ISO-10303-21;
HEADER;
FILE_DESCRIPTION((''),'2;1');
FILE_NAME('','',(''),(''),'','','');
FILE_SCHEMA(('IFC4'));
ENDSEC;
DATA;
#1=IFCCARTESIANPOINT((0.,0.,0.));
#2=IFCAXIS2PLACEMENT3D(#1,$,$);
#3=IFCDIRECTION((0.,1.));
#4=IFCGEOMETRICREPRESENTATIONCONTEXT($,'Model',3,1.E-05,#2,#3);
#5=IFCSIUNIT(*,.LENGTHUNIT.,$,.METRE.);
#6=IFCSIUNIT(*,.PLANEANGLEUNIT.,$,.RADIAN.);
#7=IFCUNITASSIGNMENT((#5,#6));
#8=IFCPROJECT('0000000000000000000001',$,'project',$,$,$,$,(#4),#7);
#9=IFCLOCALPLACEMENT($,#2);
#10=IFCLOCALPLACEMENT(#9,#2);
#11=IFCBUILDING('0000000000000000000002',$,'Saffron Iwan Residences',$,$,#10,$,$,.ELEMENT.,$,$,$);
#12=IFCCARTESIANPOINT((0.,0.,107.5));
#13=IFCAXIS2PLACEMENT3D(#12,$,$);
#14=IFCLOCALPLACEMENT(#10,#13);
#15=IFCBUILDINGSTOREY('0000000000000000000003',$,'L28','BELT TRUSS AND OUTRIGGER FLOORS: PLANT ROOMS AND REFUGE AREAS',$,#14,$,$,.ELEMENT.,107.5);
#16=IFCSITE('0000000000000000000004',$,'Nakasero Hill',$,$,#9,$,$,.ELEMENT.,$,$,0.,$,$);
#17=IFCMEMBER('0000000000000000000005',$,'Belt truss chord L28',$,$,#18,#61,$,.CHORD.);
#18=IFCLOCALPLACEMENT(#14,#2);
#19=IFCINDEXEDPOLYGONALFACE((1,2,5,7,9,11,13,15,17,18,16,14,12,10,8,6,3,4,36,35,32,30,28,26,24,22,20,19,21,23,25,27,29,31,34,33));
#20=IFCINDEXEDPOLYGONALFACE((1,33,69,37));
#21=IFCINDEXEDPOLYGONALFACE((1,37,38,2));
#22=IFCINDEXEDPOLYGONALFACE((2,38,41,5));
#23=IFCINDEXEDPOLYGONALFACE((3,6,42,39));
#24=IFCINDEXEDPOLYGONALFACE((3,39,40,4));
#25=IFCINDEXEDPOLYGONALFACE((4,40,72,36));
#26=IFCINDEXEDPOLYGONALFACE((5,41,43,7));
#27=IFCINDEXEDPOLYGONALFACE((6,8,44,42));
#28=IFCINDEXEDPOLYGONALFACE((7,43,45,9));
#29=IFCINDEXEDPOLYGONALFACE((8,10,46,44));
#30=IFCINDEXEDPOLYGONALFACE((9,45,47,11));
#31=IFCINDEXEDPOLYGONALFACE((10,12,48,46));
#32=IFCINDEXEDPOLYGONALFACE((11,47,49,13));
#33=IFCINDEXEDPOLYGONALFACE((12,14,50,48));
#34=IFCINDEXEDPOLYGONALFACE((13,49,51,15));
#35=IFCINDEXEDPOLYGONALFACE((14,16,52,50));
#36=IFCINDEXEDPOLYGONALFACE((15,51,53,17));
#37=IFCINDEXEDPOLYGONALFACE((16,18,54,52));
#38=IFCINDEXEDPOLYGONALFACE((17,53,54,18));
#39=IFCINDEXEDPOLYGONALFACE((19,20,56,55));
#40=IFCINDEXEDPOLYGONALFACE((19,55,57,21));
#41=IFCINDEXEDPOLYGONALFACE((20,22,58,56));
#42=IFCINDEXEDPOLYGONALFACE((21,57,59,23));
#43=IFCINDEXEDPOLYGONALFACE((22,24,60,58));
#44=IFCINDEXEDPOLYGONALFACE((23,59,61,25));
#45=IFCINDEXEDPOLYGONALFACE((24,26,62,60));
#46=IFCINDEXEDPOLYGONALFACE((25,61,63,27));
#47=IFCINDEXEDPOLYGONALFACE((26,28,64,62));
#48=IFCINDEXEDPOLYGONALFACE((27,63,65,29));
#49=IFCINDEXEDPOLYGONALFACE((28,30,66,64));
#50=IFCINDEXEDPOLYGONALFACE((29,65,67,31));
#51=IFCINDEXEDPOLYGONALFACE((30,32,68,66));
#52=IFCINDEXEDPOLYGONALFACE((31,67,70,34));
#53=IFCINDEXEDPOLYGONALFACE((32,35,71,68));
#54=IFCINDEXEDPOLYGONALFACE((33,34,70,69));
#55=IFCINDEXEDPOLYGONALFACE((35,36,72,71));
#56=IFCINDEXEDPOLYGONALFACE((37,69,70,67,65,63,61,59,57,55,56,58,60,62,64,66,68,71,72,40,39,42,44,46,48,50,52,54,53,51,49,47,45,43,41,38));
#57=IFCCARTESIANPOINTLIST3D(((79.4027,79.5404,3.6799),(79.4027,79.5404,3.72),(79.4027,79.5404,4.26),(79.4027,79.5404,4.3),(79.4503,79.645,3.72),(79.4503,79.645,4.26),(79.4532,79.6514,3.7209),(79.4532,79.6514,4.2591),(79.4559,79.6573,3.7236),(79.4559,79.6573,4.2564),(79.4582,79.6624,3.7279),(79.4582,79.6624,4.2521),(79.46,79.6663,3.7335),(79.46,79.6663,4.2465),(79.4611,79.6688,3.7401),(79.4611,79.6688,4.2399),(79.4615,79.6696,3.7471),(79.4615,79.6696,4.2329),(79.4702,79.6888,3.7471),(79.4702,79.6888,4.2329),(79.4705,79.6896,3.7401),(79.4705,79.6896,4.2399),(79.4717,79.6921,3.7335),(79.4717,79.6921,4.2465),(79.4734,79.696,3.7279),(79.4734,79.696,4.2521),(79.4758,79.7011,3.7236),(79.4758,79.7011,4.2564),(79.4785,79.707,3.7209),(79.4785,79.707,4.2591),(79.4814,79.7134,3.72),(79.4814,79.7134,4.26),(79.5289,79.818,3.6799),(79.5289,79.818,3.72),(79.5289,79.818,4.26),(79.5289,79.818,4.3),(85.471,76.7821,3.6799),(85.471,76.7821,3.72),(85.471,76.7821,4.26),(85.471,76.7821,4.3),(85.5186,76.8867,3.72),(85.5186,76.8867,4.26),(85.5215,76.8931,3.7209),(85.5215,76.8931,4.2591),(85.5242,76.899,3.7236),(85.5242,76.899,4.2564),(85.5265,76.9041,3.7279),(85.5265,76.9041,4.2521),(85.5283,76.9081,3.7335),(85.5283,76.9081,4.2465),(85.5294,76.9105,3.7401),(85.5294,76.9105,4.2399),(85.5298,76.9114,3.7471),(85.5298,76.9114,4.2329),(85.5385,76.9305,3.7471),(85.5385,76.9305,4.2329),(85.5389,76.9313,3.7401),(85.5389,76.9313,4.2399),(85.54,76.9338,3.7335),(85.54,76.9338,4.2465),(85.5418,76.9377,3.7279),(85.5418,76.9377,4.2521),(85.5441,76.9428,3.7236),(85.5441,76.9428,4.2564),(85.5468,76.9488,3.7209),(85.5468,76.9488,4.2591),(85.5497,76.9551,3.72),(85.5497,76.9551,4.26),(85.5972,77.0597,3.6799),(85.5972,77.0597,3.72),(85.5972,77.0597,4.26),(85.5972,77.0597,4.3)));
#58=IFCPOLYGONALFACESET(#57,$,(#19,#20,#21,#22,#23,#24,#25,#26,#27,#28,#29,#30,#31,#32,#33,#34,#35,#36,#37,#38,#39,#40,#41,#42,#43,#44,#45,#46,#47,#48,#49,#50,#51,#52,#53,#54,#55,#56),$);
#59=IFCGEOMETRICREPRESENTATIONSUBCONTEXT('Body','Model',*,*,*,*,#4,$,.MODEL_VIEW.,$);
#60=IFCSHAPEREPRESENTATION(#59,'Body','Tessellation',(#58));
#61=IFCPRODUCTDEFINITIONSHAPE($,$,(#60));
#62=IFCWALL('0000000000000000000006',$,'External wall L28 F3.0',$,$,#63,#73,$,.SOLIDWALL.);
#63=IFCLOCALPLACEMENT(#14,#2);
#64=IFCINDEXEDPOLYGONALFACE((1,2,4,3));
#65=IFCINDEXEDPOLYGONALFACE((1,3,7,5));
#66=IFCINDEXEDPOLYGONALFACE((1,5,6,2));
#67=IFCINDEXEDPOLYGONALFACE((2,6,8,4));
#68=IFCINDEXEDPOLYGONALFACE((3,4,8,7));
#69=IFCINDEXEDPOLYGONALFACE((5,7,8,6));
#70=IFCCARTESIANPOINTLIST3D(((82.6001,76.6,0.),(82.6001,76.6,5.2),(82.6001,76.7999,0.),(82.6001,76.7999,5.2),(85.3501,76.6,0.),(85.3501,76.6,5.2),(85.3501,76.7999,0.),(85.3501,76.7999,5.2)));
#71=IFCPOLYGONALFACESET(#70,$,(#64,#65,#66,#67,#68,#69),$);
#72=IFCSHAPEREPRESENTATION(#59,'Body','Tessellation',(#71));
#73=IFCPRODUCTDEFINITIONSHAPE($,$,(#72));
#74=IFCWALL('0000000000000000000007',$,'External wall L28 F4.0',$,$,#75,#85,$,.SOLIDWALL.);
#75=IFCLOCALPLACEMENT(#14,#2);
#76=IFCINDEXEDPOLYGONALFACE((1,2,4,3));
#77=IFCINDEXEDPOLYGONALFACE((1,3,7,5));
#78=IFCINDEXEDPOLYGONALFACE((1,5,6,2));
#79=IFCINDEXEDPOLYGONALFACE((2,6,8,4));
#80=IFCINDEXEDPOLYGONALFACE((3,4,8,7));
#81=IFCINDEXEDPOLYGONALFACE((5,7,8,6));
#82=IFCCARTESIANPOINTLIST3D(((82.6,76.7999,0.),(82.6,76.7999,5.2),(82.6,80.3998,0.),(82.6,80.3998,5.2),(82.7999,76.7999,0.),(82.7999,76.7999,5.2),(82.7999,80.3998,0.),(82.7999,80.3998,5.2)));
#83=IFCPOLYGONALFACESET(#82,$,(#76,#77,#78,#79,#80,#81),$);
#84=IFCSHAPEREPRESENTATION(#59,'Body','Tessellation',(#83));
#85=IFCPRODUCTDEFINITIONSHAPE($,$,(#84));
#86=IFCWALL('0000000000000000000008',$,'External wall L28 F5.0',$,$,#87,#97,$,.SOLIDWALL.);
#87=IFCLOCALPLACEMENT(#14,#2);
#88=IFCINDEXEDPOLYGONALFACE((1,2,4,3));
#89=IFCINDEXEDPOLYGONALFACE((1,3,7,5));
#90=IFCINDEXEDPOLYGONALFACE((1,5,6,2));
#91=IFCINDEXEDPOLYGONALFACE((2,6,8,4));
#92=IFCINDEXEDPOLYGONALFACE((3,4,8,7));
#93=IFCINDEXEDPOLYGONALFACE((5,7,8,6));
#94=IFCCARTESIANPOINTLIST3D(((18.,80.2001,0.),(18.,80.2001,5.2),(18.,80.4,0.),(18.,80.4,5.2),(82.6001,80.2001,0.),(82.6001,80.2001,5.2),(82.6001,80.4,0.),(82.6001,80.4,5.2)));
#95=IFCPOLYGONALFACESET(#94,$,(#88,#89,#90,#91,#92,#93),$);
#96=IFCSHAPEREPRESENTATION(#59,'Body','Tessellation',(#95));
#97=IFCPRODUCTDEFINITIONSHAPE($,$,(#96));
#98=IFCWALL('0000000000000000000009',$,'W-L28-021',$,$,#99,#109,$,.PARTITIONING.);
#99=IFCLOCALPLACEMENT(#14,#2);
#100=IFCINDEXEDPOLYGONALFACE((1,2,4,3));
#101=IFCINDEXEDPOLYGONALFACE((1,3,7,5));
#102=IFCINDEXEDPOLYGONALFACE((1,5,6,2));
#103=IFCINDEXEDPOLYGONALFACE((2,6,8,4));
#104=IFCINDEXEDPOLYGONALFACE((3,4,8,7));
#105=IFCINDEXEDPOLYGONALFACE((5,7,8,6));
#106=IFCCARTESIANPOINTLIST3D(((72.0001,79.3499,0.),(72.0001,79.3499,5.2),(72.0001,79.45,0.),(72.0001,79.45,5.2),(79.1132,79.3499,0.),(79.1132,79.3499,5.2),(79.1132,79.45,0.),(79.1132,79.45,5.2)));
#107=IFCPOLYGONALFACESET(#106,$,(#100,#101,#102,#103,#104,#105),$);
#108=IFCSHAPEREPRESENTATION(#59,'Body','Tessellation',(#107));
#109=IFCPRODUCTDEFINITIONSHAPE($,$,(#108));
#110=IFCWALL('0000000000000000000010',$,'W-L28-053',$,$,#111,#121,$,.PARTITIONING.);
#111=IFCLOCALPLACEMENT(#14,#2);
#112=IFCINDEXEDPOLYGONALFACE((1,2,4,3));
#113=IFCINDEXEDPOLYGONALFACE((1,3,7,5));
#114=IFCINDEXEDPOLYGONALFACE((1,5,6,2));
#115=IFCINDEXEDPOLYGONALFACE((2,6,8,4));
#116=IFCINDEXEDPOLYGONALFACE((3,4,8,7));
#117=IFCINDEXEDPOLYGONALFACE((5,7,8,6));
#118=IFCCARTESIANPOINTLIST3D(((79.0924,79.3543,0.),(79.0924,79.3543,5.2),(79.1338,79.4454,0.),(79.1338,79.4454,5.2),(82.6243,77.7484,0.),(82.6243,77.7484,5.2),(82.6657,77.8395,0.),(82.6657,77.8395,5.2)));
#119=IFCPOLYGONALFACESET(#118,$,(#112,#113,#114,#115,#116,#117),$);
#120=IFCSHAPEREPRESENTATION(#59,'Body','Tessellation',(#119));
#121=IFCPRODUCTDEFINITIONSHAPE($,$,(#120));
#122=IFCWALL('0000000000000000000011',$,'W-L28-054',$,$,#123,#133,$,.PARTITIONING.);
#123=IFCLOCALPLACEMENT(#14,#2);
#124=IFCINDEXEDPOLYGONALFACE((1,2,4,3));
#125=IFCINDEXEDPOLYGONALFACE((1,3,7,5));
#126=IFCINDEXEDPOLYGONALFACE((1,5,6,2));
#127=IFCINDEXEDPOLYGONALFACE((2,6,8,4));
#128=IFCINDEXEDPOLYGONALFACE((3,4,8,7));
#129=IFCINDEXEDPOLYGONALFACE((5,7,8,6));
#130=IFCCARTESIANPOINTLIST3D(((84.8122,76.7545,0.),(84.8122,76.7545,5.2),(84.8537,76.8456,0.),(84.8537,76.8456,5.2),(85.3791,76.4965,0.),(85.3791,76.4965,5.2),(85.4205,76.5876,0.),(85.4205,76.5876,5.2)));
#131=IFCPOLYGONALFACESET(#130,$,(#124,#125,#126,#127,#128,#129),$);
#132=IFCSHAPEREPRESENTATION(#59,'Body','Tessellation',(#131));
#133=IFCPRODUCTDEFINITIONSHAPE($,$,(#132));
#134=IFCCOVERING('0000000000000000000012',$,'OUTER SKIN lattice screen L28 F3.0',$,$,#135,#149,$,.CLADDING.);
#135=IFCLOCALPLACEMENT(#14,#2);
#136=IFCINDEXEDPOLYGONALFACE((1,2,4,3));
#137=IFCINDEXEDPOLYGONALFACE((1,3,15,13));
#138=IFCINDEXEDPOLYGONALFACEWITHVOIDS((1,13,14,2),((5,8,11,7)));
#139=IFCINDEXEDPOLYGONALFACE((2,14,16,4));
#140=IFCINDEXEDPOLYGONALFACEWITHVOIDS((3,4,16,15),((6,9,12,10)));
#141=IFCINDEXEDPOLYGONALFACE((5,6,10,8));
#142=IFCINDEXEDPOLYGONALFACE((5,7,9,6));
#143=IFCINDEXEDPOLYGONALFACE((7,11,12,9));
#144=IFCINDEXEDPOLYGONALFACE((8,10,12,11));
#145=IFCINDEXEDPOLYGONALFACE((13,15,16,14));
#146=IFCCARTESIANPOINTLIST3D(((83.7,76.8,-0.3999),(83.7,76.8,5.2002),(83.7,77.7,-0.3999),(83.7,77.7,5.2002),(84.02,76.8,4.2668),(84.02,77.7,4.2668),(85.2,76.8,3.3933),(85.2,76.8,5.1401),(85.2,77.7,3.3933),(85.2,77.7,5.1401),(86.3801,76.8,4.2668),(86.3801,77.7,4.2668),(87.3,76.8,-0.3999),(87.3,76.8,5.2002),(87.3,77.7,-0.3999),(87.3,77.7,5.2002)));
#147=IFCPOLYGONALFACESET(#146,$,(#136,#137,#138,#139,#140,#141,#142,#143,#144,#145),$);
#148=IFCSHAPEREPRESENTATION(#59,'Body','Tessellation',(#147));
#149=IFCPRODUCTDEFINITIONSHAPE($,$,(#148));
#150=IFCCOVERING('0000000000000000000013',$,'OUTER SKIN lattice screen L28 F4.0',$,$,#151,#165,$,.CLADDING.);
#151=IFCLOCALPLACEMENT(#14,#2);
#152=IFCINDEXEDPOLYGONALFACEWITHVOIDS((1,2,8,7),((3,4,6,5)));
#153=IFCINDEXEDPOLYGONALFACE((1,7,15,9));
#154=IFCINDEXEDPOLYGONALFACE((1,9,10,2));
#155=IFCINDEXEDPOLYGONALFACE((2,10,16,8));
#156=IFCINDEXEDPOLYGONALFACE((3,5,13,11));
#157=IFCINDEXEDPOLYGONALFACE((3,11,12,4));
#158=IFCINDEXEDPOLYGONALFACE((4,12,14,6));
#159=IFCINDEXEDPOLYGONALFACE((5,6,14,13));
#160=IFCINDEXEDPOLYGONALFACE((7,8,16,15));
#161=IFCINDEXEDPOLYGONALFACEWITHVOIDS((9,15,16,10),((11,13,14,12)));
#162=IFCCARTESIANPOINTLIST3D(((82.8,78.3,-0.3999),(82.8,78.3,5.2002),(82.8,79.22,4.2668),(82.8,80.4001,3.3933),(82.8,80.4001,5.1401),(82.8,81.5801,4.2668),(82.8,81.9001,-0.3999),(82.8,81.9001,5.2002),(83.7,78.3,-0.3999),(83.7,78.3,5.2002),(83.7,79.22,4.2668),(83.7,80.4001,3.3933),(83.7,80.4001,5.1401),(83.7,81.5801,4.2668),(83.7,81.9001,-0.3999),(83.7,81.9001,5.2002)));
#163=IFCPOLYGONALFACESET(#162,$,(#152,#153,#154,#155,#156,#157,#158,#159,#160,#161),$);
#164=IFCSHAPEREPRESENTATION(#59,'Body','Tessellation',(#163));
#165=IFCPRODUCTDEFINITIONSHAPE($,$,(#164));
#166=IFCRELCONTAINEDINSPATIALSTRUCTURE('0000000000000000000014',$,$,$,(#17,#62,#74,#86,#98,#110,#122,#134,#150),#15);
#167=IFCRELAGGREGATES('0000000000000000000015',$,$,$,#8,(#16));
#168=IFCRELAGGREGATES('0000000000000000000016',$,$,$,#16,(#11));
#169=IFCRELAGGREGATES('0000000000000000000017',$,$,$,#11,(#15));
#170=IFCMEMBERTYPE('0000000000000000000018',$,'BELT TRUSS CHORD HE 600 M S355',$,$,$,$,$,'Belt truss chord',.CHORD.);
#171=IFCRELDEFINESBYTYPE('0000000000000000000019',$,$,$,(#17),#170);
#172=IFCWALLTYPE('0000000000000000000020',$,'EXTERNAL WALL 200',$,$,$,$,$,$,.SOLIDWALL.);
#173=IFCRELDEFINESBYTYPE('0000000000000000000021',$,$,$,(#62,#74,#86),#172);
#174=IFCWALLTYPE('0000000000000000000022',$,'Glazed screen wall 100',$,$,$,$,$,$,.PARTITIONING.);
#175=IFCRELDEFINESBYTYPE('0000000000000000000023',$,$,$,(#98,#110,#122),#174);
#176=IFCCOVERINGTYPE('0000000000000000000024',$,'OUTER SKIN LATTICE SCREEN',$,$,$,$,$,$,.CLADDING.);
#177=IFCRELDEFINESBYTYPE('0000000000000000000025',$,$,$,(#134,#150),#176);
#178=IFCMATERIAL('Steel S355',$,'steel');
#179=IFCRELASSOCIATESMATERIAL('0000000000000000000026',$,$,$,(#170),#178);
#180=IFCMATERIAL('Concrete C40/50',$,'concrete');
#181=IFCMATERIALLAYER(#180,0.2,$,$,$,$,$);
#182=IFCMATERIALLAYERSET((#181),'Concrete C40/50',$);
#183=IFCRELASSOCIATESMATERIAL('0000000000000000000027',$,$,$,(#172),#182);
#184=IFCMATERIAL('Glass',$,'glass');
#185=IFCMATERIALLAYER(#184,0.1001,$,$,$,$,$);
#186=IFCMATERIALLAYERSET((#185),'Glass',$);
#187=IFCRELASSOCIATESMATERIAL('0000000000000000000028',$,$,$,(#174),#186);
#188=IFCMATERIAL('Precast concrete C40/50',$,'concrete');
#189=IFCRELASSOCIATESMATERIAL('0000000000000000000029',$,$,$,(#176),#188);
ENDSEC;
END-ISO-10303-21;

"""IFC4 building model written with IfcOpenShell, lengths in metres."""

from ifc_helpers import new_model, si_unit, direction, frame, frame_2d, origin, origin_2d, place, context, subcontext, project, spatial, polyline, rectangle, i_section, outline, extrude, source, transform, mapped, material, layer, layer_set, material_profile, profile_set, type_object, element, save


model = new_model("IFC4")

# Units and contexts
model_context = context("Model", 3, precision=1e-05, world=origin(), true_north=direction((0.0, 1.0)))
body_context = subcontext(model_context, "Body", "Model", "MODEL_VIEW")
ifc_project = project(units=[si_unit("LENGTHUNIT", "METRE"), si_unit("PLANEANGLEUNIT", "RADIAN")], contexts=[model_context])

# Site, building, storey
site_placement = place(None, origin())
site = spatial("IfcSite", under=ifc_project, at=site_placement, Name="Nakasero Hill", CompositionType="ELEMENT", RefElevation=0.0)
building_placement = place(site_placement, origin())
building = spatial("IfcBuilding", under=site, at=building_placement, Name="Saffron Iwan Residences", CompositionType="ELEMENT")
storey_placement = place(building_placement, frame((0.0, 0.0, 107.5)))
storey = spatial("IfcBuildingStorey", under=building, at=storey_placement, Name="L28", Description="BELT TRUSS AND OUTRIGGER FLOORS: PLANT ROOMS AND REFUGE AREAS", CompositionType="ELEMENT", Elevation=107.5)

# Member
ifc_material_1 = material(Name="Steel S355", Category="steel")
ifc_material_profile_1 = material_profile(ifc_material_1, i_section(OverallWidth=0.3049, OverallDepth=0.6201, WebThickness=0.021, FlangeThickness=0.04, FilletRadius=0.0271, at=origin_2d()), Name="HE 600 M")
ifc_profile_set_1 = profile_set([ifc_material_profile_1], Name="Steel S355")
member_type_1 = type_object("IfcMemberType", Name="BELT TRUSS CHORD HE 600 M S355", ElementType="Belt truss chord", PredefinedType="CHORD", material=ifc_profile_set_1)
shared_shape_1 = source(origin(), body_context, "Body", "SweptSolid", [
    extrude(i_section(OverallWidth=0.3049, OverallDepth=0.6201, WebThickness=0.021, FlangeThickness=0.04, FilletRadius=0.0271, at=origin_2d()), origin(), (0.0, 0.0, 1.0), 6.6658),
])
for number, where, z_axis, x_axis, name in (
    (1, (79.4658, 79.6792, 3.99), (0.910369, -0.413797, 0.0), (0.413797, 0.910369, 0.0), "Belt truss chord L28"),
):
    element("IfcMember", number, at=place(storey_placement, frame(where, z_axis=z_axis, x_axis=x_axis)), inside=storey, type_object=member_type_1, Name=name, PredefinedType="CHORD", context=body_context, shape_type="MappedRepresentation", body=[
        mapped(shared_shape_1, transform((0.0, 0.0, 0.0))),
    ])

# Walls
ifc_material_2 = material(Name="Concrete C40/50", Category="concrete")
ifc_layer_1 = layer(ifc_material_2, 0.2)
ifc_layer_set_1 = layer_set([ifc_layer_1], Name="Concrete C40/50")
wall_type_1 = type_object("IfcWallType", Name="EXTERNAL WALL 200", PredefinedType="SOLIDWALL", material=ifc_layer_set_1)
wall_1_placement = place(storey_placement, frame((85.3501, 76.7, 0.0), z_axis=(0.0, 0.0, 1.0), x_axis=(-1.0, 0.0, 0.0)))
element("IfcWall", 2, at=wall_1_placement, inside=storey, type_object=wall_type_1, Name="External wall L28 F3.0", PredefinedType="SOLIDWALL", context=body_context, shape_type="SweptSolid", body=[
    extrude(rectangle(XDim=2.75, YDim=0.2, at=frame_2d((1.375, 0.0))), origin(), (0.0, 0.0, 1.0), 5.2),
])
wall_2_placement = place(storey_placement, frame((82.7, 76.8, 0.0), z_axis=(0.0, 0.0, 1.0), x_axis=(0.0, 1.0, 0.0)))
element("IfcWall", 3, at=wall_2_placement, inside=storey, type_object=wall_type_1, Name="External wall L28 F4.0", PredefinedType="SOLIDWALL", context=body_context, shape_type="SweptSolid", body=[
    extrude(rectangle(XDim=3.5999, YDim=0.2, at=frame_2d((1.7998, 0.0))), origin(), (0.0, 0.0, 1.0), 5.2),
])
wall_3_placement = place(storey_placement, frame((82.6001, 80.3, 0.0), z_axis=(0.0, 0.0, 1.0), x_axis=(-1.0, 0.0, 0.0)))
element("IfcWall", 4, at=wall_3_placement, inside=storey, type_object=wall_type_1, Name="External wall L28 F5.0", PredefinedType="SOLIDWALL", context=body_context, shape_type="SweptSolid", body=[
    extrude(rectangle(XDim=64.6001, YDim=0.2, at=frame_2d((32.3, 0.0))), origin(), (0.0, 0.0, 1.0), 5.2),
])
ifc_material_3 = material(Name="Glass", Category="glass")
ifc_layer_2 = layer(ifc_material_3, 0.1001)
ifc_layer_set_2 = layer_set([ifc_layer_2], Name="Glass")
wall_type_2 = type_object("IfcWallType", Name="Glazed screen wall 100", PredefinedType="PARTITIONING", material=ifc_layer_set_2)
wall_4_placement = place(storey_placement, frame((72.0, 79.3999, 0.0), z_axis=(0.0, 0.0, 1.0), x_axis=(1.0, 0.0, 0.0)))
element("IfcWall", 5, at=wall_4_placement, inside=storey, type_object=wall_type_2, Name="W-L28-021", PredefinedType="PARTITIONING", context=body_context, shape_type="SweptSolid", body=[
    extrude(rectangle(XDim=7.113, YDim=0.1001, at=frame_2d((3.5566, 0.0))), origin(), (0.0, 0.0, 1.0), 5.2),
])
wall_5_placement = place(storey_placement, frame((82.645, 77.7939, 0.0), z_axis=(0.0, 0.0, 1.0), x_axis=(-0.910317, 0.413912, 0.0)))
element("IfcWall", 6, at=wall_5_placement, inside=storey, type_object=wall_type_2, Name="W-L28-053", PredefinedType="PARTITIONING", context=body_context, shape_type="SweptSolid", body=[
    extrude(rectangle(XDim=3.8799, YDim=0.1001, at=frame_2d((1.9399, 0.0))), origin(), (0.0, 0.0, 1.0), 5.2),
])
wall_6_placement = place(storey_placement, frame((85.3999, 76.542, 0.0), z_axis=(0.0, 0.0, 1.0), x_axis=(-0.910138, 0.414305, 0.0)))
element("IfcWall", 7, at=wall_6_placement, inside=storey, type_object=wall_type_2, Name="W-L28-054", PredefinedType="PARTITIONING", context=body_context, shape_type="SweptSolid", body=[
    extrude(rectangle(XDim=0.6228, YDim=0.1001, at=frame_2d((0.3115, 0.0))), origin(), (0.0, 0.0, 1.0), 5.2),
])

# Coverings
ifc_material_4 = material(Name="Precast concrete C40/50", Category="concrete")
covering_type = type_object("IfcCoveringType", Name="OUTER SKIN LATTICE SCREEN", PredefinedType="CLADDING", material=ifc_material_4)
for number, where, z_axis, x_axis, name in (
    (8, (87.3, 76.8, -0.3999), (0.0, 1.0, 0.0), (-1.0, 0.0, 0.0), "OUTER SKIN lattice screen L28 F3.0"),
    (9, (82.8, 78.3, -0.3999), (1.0, 0.0, 0.0), (0.0, 1.0, 0.0), "OUTER SKIN lattice screen L28 F4.0"),
):
    element("IfcCovering", number, at=place(storey_placement, frame(where, z_axis=z_axis, x_axis=x_axis)), inside=storey, type_object=covering_type, Name=name, PredefinedType="CLADDING", context=body_context, shape_type="SweptSolid", body=[
        extrude(outline(polyline([(0.0, 0.0), (3.6001, 0.0), (3.6001, 5.6001), (0.0, 5.6001), (0.0, 0.0)]), holes=[polyline([(0.9199, 4.6667), (2.1001, 3.7932), (3.28, 4.6667), (2.1001, 5.54), (0.9199, 4.6667)])]), origin(), (0.0, 0.0, 1.0), 0.8999),
    ])

save(model, "model.ifc")
